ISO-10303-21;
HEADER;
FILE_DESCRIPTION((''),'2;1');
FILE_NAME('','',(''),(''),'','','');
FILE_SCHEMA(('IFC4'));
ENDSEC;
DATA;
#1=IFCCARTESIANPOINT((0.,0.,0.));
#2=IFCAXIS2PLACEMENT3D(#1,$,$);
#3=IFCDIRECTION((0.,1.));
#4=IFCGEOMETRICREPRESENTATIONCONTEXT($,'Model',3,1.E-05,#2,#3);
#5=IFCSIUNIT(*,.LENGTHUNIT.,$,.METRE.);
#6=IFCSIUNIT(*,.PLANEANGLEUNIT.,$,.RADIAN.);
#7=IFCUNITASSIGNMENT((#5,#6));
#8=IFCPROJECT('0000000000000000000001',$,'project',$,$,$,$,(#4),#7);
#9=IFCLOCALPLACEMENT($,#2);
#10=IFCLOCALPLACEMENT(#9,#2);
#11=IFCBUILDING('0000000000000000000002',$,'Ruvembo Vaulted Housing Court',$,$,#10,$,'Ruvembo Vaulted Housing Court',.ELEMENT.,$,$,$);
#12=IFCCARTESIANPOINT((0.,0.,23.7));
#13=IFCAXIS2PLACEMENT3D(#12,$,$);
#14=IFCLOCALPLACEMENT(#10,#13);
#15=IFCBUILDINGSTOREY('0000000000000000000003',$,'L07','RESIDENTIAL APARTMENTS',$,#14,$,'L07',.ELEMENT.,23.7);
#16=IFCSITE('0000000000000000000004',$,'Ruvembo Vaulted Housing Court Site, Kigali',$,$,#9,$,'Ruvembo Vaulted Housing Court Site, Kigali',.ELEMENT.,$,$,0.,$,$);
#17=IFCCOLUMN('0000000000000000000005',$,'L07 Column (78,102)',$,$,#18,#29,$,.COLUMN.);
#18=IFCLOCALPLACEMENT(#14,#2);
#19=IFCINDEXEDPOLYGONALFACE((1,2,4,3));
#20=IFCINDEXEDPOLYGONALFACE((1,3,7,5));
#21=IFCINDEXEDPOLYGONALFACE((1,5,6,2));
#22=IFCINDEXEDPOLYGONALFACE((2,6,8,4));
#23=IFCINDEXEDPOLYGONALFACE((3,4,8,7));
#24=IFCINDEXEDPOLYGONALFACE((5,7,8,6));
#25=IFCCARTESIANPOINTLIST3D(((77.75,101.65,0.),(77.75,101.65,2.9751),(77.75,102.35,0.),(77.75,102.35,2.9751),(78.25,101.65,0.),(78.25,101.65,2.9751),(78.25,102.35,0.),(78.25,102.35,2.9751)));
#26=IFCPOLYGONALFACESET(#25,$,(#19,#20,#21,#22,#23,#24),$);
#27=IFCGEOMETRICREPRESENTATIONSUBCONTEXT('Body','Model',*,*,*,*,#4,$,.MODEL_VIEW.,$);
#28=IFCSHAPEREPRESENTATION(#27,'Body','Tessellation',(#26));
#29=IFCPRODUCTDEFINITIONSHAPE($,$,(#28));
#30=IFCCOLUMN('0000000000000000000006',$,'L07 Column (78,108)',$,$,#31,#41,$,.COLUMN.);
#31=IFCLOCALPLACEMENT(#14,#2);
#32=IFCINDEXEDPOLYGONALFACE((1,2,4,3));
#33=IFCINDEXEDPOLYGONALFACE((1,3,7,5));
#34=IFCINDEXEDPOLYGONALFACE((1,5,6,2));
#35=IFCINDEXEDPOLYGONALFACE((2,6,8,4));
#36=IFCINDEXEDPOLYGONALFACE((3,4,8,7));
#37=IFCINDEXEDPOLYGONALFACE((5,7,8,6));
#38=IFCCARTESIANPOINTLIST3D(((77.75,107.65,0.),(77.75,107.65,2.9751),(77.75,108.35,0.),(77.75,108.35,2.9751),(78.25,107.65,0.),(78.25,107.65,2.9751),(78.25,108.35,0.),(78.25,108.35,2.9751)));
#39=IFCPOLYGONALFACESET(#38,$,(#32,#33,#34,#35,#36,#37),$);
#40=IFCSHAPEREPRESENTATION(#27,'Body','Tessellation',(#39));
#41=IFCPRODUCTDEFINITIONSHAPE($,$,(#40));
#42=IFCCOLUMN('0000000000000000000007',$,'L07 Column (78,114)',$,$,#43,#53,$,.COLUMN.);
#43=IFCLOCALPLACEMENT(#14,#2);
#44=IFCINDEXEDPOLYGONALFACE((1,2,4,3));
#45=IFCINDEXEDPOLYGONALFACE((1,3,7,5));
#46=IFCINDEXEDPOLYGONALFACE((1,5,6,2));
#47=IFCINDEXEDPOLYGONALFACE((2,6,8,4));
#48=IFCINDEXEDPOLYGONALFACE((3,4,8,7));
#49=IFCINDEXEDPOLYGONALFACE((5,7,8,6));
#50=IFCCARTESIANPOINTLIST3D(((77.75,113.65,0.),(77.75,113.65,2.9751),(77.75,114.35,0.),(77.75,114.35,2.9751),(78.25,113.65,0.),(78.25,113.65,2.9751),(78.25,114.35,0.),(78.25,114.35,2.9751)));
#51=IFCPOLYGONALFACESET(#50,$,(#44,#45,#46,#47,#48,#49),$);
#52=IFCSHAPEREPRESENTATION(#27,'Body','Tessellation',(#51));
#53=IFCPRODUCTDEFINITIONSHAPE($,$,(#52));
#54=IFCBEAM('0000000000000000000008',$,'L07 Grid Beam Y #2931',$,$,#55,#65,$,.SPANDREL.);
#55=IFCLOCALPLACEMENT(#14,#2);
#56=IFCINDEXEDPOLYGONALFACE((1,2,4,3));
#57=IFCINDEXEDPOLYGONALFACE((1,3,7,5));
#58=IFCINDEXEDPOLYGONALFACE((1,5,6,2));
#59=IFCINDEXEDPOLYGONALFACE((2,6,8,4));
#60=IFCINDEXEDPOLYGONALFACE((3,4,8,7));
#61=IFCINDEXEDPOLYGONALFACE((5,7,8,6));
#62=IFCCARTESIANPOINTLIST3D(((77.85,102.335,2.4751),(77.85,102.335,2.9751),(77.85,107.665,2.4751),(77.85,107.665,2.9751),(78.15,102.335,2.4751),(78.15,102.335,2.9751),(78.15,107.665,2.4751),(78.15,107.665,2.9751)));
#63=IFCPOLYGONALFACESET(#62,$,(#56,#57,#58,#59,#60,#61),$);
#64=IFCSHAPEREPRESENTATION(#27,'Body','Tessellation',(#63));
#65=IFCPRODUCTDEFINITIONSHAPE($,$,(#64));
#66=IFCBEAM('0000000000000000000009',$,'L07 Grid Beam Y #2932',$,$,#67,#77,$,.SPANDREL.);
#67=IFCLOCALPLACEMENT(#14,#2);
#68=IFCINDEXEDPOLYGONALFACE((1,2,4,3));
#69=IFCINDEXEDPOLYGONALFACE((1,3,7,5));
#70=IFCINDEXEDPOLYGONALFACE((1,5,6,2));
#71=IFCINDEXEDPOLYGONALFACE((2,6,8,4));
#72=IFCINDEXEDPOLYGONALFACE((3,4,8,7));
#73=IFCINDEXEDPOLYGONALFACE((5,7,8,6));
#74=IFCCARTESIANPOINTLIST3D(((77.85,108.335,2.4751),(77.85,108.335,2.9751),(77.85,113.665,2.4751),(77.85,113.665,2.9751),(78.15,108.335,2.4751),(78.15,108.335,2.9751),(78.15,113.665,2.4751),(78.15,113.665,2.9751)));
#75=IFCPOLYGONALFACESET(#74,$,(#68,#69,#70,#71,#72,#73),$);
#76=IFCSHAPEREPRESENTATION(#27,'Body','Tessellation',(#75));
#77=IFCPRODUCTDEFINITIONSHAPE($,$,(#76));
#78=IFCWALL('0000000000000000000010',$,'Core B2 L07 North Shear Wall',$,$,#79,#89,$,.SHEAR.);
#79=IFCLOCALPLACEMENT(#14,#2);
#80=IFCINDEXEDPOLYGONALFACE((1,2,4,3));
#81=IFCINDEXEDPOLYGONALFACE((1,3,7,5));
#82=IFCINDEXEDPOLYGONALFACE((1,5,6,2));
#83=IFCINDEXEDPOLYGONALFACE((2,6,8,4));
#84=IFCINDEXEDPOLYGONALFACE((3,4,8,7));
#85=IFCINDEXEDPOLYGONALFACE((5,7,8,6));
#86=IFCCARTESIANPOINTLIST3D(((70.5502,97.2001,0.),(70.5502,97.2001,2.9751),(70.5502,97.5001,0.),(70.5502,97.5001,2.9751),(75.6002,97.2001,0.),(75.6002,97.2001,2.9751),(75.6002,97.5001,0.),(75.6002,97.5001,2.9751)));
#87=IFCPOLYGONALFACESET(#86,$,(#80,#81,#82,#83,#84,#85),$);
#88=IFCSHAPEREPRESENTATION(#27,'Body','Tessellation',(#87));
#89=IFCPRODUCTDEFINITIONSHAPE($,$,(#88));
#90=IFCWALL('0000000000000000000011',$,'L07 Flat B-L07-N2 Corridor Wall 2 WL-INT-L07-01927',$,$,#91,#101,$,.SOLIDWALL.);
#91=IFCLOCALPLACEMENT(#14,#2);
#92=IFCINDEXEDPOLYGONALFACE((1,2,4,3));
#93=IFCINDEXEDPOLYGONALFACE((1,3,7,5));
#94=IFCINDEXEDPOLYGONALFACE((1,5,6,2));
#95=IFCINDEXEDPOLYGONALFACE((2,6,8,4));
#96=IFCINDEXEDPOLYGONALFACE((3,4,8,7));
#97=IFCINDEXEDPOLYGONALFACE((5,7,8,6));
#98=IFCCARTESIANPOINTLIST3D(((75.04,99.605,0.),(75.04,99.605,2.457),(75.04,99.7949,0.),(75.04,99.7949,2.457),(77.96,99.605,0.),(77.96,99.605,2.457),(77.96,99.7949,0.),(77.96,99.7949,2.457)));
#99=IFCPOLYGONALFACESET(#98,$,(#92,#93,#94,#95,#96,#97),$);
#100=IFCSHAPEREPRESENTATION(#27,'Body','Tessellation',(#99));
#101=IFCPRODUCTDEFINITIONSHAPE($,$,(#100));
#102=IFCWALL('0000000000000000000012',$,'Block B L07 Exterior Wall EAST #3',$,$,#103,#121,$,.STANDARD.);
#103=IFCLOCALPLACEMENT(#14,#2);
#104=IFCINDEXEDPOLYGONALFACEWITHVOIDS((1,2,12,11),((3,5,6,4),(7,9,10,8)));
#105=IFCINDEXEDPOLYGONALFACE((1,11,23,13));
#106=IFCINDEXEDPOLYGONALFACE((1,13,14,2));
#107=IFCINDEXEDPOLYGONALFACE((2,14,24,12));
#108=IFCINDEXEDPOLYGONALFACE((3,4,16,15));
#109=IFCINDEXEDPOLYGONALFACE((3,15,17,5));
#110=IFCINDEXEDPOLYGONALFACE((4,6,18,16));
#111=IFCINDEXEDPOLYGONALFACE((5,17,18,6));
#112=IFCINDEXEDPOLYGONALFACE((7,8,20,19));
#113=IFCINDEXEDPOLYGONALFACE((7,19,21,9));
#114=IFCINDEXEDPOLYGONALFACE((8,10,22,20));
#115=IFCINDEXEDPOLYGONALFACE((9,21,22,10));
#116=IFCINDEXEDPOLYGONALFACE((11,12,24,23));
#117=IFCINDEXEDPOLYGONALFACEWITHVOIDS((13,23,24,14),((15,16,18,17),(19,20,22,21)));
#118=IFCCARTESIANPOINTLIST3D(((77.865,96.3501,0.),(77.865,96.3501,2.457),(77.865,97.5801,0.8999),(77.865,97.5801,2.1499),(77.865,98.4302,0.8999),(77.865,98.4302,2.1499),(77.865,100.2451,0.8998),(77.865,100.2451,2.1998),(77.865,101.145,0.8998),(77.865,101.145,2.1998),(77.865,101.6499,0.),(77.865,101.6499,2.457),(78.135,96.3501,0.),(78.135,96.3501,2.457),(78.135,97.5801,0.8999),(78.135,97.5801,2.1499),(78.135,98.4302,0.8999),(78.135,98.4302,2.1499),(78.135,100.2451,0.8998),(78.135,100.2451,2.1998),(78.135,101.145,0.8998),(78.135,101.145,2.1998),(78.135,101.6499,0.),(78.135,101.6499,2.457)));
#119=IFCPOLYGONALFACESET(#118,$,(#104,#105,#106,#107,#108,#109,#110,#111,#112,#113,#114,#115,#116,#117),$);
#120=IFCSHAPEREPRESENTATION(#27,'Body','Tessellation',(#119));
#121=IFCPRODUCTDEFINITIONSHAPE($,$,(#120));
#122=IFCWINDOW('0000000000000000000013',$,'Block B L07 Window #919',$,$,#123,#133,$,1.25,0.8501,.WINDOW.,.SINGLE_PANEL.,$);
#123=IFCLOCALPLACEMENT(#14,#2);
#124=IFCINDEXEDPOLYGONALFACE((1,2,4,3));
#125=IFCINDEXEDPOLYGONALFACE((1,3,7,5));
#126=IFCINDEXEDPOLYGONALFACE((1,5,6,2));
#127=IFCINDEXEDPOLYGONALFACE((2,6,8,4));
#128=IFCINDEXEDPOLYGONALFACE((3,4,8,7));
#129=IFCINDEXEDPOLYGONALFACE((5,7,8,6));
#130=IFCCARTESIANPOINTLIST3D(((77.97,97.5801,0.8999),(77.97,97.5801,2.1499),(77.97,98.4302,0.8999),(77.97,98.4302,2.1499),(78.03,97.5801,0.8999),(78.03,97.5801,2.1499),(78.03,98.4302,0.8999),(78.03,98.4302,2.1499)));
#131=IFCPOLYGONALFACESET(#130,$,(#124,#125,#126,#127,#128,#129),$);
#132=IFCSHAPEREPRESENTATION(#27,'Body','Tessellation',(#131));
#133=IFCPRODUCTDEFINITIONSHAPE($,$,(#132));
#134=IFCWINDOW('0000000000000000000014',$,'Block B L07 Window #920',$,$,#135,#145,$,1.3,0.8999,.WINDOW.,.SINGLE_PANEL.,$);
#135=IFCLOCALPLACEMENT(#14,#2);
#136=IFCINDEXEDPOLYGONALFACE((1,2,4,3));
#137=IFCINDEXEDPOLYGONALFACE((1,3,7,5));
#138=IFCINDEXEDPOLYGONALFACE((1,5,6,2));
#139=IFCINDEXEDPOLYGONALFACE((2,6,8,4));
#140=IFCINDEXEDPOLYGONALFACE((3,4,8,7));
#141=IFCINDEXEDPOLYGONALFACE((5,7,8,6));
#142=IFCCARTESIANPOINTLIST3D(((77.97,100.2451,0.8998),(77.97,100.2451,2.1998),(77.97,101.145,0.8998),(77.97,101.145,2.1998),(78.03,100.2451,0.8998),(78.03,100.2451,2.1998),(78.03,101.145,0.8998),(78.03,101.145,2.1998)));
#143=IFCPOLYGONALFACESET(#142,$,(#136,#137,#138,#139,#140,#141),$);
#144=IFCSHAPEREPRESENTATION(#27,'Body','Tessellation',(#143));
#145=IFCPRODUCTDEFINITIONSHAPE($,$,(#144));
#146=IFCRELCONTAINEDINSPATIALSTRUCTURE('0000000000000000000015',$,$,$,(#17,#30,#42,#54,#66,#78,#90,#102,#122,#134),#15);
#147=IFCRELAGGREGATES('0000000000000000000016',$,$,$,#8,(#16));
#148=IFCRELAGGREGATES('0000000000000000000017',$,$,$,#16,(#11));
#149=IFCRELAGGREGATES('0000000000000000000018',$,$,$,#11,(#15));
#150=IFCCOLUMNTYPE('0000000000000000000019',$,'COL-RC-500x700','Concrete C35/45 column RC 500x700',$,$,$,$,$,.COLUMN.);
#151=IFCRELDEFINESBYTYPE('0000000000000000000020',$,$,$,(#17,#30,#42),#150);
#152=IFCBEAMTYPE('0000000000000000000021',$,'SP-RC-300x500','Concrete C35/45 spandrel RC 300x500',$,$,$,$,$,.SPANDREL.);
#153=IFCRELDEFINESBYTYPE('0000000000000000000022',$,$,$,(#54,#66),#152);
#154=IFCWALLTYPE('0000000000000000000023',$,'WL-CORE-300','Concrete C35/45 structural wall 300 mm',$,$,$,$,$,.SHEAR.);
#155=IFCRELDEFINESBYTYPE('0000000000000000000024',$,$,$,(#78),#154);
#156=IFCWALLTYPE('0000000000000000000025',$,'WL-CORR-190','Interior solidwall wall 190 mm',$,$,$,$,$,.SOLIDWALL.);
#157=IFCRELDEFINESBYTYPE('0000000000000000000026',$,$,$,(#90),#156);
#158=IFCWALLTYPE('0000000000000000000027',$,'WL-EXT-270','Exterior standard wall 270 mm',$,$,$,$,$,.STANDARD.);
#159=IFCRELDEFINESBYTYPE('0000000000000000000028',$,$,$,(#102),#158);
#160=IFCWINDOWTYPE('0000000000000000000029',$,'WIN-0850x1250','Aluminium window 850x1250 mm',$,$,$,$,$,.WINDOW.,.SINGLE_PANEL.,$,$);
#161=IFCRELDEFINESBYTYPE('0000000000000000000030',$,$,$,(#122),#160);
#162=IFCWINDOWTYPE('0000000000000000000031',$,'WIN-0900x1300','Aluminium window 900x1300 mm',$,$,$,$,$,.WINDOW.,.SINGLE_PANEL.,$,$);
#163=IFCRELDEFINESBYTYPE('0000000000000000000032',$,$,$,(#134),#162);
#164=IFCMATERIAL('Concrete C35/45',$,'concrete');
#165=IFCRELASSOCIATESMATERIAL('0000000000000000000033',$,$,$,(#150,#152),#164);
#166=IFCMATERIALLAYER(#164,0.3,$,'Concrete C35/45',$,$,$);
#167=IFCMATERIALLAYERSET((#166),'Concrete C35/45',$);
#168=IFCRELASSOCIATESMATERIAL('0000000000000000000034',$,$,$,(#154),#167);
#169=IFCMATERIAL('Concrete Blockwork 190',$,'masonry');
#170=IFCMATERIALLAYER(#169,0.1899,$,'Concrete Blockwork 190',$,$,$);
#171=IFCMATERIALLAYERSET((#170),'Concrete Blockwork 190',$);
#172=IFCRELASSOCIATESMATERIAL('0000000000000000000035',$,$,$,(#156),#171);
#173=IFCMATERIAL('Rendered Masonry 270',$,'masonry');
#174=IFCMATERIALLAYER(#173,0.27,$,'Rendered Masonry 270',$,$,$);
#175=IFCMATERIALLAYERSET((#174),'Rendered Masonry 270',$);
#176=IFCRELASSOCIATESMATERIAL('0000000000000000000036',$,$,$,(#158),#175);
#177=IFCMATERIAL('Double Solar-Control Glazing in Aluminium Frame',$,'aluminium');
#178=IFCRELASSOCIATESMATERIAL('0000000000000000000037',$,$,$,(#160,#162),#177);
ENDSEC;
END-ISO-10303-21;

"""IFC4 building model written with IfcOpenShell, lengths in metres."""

from ifc_helpers import new_model, si_unit, direction, frame, frame_2d, origin, origin_2d, place, context, subcontext, project, spatial, rectangle, extrude, material, layer, layer_set, material_profile, profile_set, type_object, element, fill, save


model = new_model("IFC4")

# Units and contexts
model_context = context("Model", 3, precision=1e-05, world=origin(), true_north=direction((0.0, 1.0)))
body_context = subcontext(model_context, "Body", "Model", "MODEL_VIEW")
ifc_project = project(units=[si_unit("LENGTHUNIT", "METRE"), si_unit("PLANEANGLEUNIT", "RADIAN")], contexts=[model_context])

# Site, building, storey
site_placement = place(None, origin())
site = spatial("IfcSite", under=ifc_project, at=site_placement, Name="Ruvembo Vaulted Housing Court Site, Kigali", LongName="Ruvembo Vaulted Housing Court Site, Kigali", CompositionType="ELEMENT", RefElevation=0.0)
building_placement = place(site_placement, origin())
building = spatial("IfcBuilding", under=site, at=building_placement, Name="Ruvembo Vaulted Housing Court", LongName="Ruvembo Vaulted Housing Court", CompositionType="ELEMENT")
storey_placement = place(building_placement, frame((0.0, 0.0, 23.7)))
storey = spatial("IfcBuildingStorey", under=building, at=storey_placement, Name="L07", Description="RESIDENTIAL APARTMENTS", LongName="L07", CompositionType="ELEMENT", Elevation=23.7)

# Columns
ifc_material_1 = material(Name="Concrete C35/45", Category="concrete")
ifc_material_profile_1 = material_profile(ifc_material_1, rectangle(XDim=0.5, YDim=0.7, at=origin_2d()), Name="RC 500x700")
ifc_profile_set_1 = profile_set([ifc_material_profile_1], Name="Concrete C35/45")
column_type = type_object("IfcColumnType", Name="COL-RC-500x700", Description="Concrete C35/45 column RC 500x700", PredefinedType="COLUMN", material=ifc_profile_set_1)
for number, where, z_axis, x_axis, name in (
    (1, (78.0, 102.0, 0.0), (0.0, 0.0, 1.0), (1.0, 0.0, 0.0), "L07 Column (78,102)"),
    (2, (78.0, 108.0, 0.0), (0.0, 0.0, 1.0), (1.0, 0.0, 0.0), "L07 Column (78,108)"),
    (3, (78.0, 114.0, 0.0), (0.0, 0.0, 1.0), (1.0, 0.0, 0.0), "L07 Column (78,114)"),
):
    element("IfcColumn", number, at=place(storey_placement, frame(where, z_axis=z_axis, x_axis=x_axis)), inside=storey, type_object=column_type, Name=name, PredefinedType="COLUMN", context=body_context, shape_type="SweptSolid", body=[
        extrude(rectangle(XDim=0.5, YDim=0.7, at=origin_2d()), origin(), (0.0, 0.0, 1.0), 2.9751),
    ])

# Beams
ifc_material_profile_2 = material_profile(ifc_material_1, rectangle(XDim=0.3, YDim=0.5, at=origin_2d()), Name="RC 300x500")
ifc_profile_set_2 = profile_set([ifc_material_profile_2], Name="Concrete C35/45")
beam_type = type_object("IfcBeamType", Name="SP-RC-300x500", Description="Concrete C35/45 spandrel RC 300x500", PredefinedType="SPANDREL", material=ifc_profile_set_2)
for number, where, z_axis, x_axis, name in (
    (4, (78.0, 102.335, 2.7251), (0.0, 1.0, 0.0), (-1.0, 0.0, 0.0), "L07 Grid Beam Y #2931"),
    (5, (78.0, 108.335, 2.7251), (0.0, 1.0, 0.0), (-1.0, 0.0, 0.0), "L07 Grid Beam Y #2932"),
):
    element("IfcBeam", number, at=place(storey_placement, frame(where, z_axis=z_axis, x_axis=x_axis)), inside=storey, type_object=beam_type, Name=name, PredefinedType="SPANDREL", context=body_context, shape_type="SweptSolid", body=[
        extrude(rectangle(XDim=0.3, YDim=0.5, at=origin_2d()), origin(), (0.0, 0.0, 1.0), 5.3301),
    ])

# Walls
ifc_layer_1 = layer(ifc_material_1, 0.3, Name="Concrete C35/45")
ifc_layer_set_1 = layer_set([ifc_layer_1], Name="Concrete C35/45")
wall_type_1 = type_object("IfcWallType", Name="WL-CORE-300", Description="Concrete C35/45 structural wall 300 mm", PredefinedType="SHEAR", material=ifc_layer_set_1)
wall_1_placement = place(storey_placement, frame((75.6001, 97.3501, 0.0), z_axis=(0.0, 0.0, 1.0), x_axis=(-1.0, 0.0, 0.0)))
element("IfcWall", 6, at=wall_1_placement, inside=storey, type_object=wall_type_1, Name="Core B2 L07 North Shear Wall", PredefinedType="SHEAR", context=body_context, shape_type="SweptSolid", body=[
    extrude(rectangle(XDim=5.05, YDim=0.3, at=frame_2d((2.5249, 0.0))), origin(), (0.0, 0.0, 1.0), 2.9751),
])
ifc_material_2 = material(Name="Concrete Blockwork 190", Category="masonry")
ifc_layer_2 = layer(ifc_material_2, 0.1899, Name="Concrete Blockwork 190")
ifc_layer_set_2 = layer_set([ifc_layer_2], Name="Concrete Blockwork 190")
wall_type_2 = type_object("IfcWallType", Name="WL-CORR-190", Description="Interior solidwall wall 190 mm", PredefinedType="SOLIDWALL", material=ifc_layer_set_2)
wall_2_placement = place(storey_placement, frame((75.04, 99.7, 0.0), z_axis=(0.0, 0.0, 1.0), x_axis=(1.0, 0.0, 0.0)))
element("IfcWall", 7, at=wall_2_placement, inside=storey, type_object=wall_type_2, Name="L07 Flat B-L07-N2 Corridor Wall 2 WL-INT-L07-01927", PredefinedType="SOLIDWALL", context=body_context, shape_type="SweptSolid", body=[
    extrude(rectangle(XDim=2.9199, YDim=0.1899, at=frame_2d((1.46, 0.0))), origin(), (0.0, 0.0, 1.0), 2.457),
])

# Wall, openings, windows
ifc_material_3 = material(Name="Rendered Masonry 270", Category="masonry")
ifc_layer_3 = layer(ifc_material_3, 0.27, Name="Rendered Masonry 270")
ifc_layer_set_3 = layer_set([ifc_layer_3], Name="Rendered Masonry 270")
wall_type_3 = type_object("IfcWallType", Name="WL-EXT-270", Description="Exterior standard wall 270 mm", PredefinedType="STANDARD", material=ifc_layer_set_3)
wall_3_placement = place(storey_placement, frame((78.0, 96.3501, 0.0), z_axis=(0.0, 0.0, 1.0), x_axis=(0.0, 1.0, 0.0)))
wall_3 = element("IfcWall", 8, at=wall_3_placement, inside=storey, type_object=wall_type_3, Name="Block B L07 Exterior Wall EAST #3", PredefinedType="STANDARD", context=body_context, shape_type="SweptSolid", body=[
    extrude(rectangle(XDim=5.2998, YDim=0.27, at=frame_2d((2.6499, 0.0))), origin(), (0.0, 0.0, 1.0), 2.457),
])
opening_1_placement = place(wall_3_placement, frame((1.23, 0.0, 0.8999)))
opening_1 = element("IfcOpeningElement", 9, at=opening_1_placement, cuts=wall_3, PredefinedType="OPENING", context=body_context, shape_type="SweptSolid", body=[
    extrude(rectangle(XDim=0.8501, YDim=1.25, at=frame_2d((0.425, 0.625))), frame((0.0, 0.145, 0.0), z_axis=(0.0, -1.0, 0.0), x_axis=(1.0, 0.0, 0.0)), (0.0, 0.0, 1.0), 0.29),
])
opening_2_placement = place(wall_3_placement, frame((3.895, 0.0, 0.8999)))
opening_2 = element("IfcOpeningElement", 10, at=opening_2_placement, cuts=wall_3, PredefinedType="OPENING", context=body_context, shape_type="SweptSolid", body=[
    extrude(rectangle(XDim=0.8999, YDim=1.3, at=frame_2d((0.45, 0.6499))), frame((0.0, 0.145, 0.0), z_axis=(0.0, -1.0, 0.0), x_axis=(1.0, 0.0, 0.0)), (0.0, 0.0, 1.0), 0.29),
])
ifc_material_4 = material(Name="Double Solar-Control Glazing in Aluminium Frame", Category="aluminium")
window_type_1 = type_object("IfcWindowType", Name="WIN-0850x1250", Description="Aluminium window 850x1250 mm", PartitioningType="SINGLE_PANEL", PredefinedType="WINDOW", material=ifc_material_4)
window_1_placement = place(opening_1_placement, origin())
window_1 = element("IfcWindow", 11, at=window_1_placement, inside=storey, type_object=window_type_1, Name="Block B L07 Window #919", OverallHeight=1.25, OverallWidth=0.8501, PartitioningType="SINGLE_PANEL", PredefinedType="WINDOW", context=body_context, shape_type="SweptSolid", body=[
    extrude(rectangle(XDim=0.8501, YDim=1.25, at=frame_2d((0.425, 0.625))), frame((0.0, 0.03, 0.0), z_axis=(0.0, -1.0, 0.0), x_axis=(1.0, 0.0, 0.0)), (0.0, 0.0, 1.0), 0.0601),
])
fill(opening_1, window_1)
window_type_2 = type_object("IfcWindowType", Name="WIN-0900x1300", Description="Aluminium window 900x1300 mm", PartitioningType="SINGLE_PANEL", PredefinedType="WINDOW", material=ifc_material_4)
window_2_placement = place(opening_2_placement, origin())
window_2 = element("IfcWindow", 12, at=window_2_placement, inside=storey, type_object=window_type_2, Name="Block B L07 Window #920", OverallHeight=1.3, OverallWidth=0.8999, PartitioningType="SINGLE_PANEL", PredefinedType="WINDOW", context=body_context, shape_type="SweptSolid", body=[
    extrude(rectangle(XDim=0.8999, YDim=1.3, at=frame_2d((0.45, 0.6499))), frame((0.0, 0.03, 0.0), z_axis=(0.0, -1.0, 0.0), x_axis=(1.0, 0.0, 0.0)), (0.0, 0.0, 1.0), 0.0601),
])
fill(opening_2, window_2)

save(model, "model.ifc")
